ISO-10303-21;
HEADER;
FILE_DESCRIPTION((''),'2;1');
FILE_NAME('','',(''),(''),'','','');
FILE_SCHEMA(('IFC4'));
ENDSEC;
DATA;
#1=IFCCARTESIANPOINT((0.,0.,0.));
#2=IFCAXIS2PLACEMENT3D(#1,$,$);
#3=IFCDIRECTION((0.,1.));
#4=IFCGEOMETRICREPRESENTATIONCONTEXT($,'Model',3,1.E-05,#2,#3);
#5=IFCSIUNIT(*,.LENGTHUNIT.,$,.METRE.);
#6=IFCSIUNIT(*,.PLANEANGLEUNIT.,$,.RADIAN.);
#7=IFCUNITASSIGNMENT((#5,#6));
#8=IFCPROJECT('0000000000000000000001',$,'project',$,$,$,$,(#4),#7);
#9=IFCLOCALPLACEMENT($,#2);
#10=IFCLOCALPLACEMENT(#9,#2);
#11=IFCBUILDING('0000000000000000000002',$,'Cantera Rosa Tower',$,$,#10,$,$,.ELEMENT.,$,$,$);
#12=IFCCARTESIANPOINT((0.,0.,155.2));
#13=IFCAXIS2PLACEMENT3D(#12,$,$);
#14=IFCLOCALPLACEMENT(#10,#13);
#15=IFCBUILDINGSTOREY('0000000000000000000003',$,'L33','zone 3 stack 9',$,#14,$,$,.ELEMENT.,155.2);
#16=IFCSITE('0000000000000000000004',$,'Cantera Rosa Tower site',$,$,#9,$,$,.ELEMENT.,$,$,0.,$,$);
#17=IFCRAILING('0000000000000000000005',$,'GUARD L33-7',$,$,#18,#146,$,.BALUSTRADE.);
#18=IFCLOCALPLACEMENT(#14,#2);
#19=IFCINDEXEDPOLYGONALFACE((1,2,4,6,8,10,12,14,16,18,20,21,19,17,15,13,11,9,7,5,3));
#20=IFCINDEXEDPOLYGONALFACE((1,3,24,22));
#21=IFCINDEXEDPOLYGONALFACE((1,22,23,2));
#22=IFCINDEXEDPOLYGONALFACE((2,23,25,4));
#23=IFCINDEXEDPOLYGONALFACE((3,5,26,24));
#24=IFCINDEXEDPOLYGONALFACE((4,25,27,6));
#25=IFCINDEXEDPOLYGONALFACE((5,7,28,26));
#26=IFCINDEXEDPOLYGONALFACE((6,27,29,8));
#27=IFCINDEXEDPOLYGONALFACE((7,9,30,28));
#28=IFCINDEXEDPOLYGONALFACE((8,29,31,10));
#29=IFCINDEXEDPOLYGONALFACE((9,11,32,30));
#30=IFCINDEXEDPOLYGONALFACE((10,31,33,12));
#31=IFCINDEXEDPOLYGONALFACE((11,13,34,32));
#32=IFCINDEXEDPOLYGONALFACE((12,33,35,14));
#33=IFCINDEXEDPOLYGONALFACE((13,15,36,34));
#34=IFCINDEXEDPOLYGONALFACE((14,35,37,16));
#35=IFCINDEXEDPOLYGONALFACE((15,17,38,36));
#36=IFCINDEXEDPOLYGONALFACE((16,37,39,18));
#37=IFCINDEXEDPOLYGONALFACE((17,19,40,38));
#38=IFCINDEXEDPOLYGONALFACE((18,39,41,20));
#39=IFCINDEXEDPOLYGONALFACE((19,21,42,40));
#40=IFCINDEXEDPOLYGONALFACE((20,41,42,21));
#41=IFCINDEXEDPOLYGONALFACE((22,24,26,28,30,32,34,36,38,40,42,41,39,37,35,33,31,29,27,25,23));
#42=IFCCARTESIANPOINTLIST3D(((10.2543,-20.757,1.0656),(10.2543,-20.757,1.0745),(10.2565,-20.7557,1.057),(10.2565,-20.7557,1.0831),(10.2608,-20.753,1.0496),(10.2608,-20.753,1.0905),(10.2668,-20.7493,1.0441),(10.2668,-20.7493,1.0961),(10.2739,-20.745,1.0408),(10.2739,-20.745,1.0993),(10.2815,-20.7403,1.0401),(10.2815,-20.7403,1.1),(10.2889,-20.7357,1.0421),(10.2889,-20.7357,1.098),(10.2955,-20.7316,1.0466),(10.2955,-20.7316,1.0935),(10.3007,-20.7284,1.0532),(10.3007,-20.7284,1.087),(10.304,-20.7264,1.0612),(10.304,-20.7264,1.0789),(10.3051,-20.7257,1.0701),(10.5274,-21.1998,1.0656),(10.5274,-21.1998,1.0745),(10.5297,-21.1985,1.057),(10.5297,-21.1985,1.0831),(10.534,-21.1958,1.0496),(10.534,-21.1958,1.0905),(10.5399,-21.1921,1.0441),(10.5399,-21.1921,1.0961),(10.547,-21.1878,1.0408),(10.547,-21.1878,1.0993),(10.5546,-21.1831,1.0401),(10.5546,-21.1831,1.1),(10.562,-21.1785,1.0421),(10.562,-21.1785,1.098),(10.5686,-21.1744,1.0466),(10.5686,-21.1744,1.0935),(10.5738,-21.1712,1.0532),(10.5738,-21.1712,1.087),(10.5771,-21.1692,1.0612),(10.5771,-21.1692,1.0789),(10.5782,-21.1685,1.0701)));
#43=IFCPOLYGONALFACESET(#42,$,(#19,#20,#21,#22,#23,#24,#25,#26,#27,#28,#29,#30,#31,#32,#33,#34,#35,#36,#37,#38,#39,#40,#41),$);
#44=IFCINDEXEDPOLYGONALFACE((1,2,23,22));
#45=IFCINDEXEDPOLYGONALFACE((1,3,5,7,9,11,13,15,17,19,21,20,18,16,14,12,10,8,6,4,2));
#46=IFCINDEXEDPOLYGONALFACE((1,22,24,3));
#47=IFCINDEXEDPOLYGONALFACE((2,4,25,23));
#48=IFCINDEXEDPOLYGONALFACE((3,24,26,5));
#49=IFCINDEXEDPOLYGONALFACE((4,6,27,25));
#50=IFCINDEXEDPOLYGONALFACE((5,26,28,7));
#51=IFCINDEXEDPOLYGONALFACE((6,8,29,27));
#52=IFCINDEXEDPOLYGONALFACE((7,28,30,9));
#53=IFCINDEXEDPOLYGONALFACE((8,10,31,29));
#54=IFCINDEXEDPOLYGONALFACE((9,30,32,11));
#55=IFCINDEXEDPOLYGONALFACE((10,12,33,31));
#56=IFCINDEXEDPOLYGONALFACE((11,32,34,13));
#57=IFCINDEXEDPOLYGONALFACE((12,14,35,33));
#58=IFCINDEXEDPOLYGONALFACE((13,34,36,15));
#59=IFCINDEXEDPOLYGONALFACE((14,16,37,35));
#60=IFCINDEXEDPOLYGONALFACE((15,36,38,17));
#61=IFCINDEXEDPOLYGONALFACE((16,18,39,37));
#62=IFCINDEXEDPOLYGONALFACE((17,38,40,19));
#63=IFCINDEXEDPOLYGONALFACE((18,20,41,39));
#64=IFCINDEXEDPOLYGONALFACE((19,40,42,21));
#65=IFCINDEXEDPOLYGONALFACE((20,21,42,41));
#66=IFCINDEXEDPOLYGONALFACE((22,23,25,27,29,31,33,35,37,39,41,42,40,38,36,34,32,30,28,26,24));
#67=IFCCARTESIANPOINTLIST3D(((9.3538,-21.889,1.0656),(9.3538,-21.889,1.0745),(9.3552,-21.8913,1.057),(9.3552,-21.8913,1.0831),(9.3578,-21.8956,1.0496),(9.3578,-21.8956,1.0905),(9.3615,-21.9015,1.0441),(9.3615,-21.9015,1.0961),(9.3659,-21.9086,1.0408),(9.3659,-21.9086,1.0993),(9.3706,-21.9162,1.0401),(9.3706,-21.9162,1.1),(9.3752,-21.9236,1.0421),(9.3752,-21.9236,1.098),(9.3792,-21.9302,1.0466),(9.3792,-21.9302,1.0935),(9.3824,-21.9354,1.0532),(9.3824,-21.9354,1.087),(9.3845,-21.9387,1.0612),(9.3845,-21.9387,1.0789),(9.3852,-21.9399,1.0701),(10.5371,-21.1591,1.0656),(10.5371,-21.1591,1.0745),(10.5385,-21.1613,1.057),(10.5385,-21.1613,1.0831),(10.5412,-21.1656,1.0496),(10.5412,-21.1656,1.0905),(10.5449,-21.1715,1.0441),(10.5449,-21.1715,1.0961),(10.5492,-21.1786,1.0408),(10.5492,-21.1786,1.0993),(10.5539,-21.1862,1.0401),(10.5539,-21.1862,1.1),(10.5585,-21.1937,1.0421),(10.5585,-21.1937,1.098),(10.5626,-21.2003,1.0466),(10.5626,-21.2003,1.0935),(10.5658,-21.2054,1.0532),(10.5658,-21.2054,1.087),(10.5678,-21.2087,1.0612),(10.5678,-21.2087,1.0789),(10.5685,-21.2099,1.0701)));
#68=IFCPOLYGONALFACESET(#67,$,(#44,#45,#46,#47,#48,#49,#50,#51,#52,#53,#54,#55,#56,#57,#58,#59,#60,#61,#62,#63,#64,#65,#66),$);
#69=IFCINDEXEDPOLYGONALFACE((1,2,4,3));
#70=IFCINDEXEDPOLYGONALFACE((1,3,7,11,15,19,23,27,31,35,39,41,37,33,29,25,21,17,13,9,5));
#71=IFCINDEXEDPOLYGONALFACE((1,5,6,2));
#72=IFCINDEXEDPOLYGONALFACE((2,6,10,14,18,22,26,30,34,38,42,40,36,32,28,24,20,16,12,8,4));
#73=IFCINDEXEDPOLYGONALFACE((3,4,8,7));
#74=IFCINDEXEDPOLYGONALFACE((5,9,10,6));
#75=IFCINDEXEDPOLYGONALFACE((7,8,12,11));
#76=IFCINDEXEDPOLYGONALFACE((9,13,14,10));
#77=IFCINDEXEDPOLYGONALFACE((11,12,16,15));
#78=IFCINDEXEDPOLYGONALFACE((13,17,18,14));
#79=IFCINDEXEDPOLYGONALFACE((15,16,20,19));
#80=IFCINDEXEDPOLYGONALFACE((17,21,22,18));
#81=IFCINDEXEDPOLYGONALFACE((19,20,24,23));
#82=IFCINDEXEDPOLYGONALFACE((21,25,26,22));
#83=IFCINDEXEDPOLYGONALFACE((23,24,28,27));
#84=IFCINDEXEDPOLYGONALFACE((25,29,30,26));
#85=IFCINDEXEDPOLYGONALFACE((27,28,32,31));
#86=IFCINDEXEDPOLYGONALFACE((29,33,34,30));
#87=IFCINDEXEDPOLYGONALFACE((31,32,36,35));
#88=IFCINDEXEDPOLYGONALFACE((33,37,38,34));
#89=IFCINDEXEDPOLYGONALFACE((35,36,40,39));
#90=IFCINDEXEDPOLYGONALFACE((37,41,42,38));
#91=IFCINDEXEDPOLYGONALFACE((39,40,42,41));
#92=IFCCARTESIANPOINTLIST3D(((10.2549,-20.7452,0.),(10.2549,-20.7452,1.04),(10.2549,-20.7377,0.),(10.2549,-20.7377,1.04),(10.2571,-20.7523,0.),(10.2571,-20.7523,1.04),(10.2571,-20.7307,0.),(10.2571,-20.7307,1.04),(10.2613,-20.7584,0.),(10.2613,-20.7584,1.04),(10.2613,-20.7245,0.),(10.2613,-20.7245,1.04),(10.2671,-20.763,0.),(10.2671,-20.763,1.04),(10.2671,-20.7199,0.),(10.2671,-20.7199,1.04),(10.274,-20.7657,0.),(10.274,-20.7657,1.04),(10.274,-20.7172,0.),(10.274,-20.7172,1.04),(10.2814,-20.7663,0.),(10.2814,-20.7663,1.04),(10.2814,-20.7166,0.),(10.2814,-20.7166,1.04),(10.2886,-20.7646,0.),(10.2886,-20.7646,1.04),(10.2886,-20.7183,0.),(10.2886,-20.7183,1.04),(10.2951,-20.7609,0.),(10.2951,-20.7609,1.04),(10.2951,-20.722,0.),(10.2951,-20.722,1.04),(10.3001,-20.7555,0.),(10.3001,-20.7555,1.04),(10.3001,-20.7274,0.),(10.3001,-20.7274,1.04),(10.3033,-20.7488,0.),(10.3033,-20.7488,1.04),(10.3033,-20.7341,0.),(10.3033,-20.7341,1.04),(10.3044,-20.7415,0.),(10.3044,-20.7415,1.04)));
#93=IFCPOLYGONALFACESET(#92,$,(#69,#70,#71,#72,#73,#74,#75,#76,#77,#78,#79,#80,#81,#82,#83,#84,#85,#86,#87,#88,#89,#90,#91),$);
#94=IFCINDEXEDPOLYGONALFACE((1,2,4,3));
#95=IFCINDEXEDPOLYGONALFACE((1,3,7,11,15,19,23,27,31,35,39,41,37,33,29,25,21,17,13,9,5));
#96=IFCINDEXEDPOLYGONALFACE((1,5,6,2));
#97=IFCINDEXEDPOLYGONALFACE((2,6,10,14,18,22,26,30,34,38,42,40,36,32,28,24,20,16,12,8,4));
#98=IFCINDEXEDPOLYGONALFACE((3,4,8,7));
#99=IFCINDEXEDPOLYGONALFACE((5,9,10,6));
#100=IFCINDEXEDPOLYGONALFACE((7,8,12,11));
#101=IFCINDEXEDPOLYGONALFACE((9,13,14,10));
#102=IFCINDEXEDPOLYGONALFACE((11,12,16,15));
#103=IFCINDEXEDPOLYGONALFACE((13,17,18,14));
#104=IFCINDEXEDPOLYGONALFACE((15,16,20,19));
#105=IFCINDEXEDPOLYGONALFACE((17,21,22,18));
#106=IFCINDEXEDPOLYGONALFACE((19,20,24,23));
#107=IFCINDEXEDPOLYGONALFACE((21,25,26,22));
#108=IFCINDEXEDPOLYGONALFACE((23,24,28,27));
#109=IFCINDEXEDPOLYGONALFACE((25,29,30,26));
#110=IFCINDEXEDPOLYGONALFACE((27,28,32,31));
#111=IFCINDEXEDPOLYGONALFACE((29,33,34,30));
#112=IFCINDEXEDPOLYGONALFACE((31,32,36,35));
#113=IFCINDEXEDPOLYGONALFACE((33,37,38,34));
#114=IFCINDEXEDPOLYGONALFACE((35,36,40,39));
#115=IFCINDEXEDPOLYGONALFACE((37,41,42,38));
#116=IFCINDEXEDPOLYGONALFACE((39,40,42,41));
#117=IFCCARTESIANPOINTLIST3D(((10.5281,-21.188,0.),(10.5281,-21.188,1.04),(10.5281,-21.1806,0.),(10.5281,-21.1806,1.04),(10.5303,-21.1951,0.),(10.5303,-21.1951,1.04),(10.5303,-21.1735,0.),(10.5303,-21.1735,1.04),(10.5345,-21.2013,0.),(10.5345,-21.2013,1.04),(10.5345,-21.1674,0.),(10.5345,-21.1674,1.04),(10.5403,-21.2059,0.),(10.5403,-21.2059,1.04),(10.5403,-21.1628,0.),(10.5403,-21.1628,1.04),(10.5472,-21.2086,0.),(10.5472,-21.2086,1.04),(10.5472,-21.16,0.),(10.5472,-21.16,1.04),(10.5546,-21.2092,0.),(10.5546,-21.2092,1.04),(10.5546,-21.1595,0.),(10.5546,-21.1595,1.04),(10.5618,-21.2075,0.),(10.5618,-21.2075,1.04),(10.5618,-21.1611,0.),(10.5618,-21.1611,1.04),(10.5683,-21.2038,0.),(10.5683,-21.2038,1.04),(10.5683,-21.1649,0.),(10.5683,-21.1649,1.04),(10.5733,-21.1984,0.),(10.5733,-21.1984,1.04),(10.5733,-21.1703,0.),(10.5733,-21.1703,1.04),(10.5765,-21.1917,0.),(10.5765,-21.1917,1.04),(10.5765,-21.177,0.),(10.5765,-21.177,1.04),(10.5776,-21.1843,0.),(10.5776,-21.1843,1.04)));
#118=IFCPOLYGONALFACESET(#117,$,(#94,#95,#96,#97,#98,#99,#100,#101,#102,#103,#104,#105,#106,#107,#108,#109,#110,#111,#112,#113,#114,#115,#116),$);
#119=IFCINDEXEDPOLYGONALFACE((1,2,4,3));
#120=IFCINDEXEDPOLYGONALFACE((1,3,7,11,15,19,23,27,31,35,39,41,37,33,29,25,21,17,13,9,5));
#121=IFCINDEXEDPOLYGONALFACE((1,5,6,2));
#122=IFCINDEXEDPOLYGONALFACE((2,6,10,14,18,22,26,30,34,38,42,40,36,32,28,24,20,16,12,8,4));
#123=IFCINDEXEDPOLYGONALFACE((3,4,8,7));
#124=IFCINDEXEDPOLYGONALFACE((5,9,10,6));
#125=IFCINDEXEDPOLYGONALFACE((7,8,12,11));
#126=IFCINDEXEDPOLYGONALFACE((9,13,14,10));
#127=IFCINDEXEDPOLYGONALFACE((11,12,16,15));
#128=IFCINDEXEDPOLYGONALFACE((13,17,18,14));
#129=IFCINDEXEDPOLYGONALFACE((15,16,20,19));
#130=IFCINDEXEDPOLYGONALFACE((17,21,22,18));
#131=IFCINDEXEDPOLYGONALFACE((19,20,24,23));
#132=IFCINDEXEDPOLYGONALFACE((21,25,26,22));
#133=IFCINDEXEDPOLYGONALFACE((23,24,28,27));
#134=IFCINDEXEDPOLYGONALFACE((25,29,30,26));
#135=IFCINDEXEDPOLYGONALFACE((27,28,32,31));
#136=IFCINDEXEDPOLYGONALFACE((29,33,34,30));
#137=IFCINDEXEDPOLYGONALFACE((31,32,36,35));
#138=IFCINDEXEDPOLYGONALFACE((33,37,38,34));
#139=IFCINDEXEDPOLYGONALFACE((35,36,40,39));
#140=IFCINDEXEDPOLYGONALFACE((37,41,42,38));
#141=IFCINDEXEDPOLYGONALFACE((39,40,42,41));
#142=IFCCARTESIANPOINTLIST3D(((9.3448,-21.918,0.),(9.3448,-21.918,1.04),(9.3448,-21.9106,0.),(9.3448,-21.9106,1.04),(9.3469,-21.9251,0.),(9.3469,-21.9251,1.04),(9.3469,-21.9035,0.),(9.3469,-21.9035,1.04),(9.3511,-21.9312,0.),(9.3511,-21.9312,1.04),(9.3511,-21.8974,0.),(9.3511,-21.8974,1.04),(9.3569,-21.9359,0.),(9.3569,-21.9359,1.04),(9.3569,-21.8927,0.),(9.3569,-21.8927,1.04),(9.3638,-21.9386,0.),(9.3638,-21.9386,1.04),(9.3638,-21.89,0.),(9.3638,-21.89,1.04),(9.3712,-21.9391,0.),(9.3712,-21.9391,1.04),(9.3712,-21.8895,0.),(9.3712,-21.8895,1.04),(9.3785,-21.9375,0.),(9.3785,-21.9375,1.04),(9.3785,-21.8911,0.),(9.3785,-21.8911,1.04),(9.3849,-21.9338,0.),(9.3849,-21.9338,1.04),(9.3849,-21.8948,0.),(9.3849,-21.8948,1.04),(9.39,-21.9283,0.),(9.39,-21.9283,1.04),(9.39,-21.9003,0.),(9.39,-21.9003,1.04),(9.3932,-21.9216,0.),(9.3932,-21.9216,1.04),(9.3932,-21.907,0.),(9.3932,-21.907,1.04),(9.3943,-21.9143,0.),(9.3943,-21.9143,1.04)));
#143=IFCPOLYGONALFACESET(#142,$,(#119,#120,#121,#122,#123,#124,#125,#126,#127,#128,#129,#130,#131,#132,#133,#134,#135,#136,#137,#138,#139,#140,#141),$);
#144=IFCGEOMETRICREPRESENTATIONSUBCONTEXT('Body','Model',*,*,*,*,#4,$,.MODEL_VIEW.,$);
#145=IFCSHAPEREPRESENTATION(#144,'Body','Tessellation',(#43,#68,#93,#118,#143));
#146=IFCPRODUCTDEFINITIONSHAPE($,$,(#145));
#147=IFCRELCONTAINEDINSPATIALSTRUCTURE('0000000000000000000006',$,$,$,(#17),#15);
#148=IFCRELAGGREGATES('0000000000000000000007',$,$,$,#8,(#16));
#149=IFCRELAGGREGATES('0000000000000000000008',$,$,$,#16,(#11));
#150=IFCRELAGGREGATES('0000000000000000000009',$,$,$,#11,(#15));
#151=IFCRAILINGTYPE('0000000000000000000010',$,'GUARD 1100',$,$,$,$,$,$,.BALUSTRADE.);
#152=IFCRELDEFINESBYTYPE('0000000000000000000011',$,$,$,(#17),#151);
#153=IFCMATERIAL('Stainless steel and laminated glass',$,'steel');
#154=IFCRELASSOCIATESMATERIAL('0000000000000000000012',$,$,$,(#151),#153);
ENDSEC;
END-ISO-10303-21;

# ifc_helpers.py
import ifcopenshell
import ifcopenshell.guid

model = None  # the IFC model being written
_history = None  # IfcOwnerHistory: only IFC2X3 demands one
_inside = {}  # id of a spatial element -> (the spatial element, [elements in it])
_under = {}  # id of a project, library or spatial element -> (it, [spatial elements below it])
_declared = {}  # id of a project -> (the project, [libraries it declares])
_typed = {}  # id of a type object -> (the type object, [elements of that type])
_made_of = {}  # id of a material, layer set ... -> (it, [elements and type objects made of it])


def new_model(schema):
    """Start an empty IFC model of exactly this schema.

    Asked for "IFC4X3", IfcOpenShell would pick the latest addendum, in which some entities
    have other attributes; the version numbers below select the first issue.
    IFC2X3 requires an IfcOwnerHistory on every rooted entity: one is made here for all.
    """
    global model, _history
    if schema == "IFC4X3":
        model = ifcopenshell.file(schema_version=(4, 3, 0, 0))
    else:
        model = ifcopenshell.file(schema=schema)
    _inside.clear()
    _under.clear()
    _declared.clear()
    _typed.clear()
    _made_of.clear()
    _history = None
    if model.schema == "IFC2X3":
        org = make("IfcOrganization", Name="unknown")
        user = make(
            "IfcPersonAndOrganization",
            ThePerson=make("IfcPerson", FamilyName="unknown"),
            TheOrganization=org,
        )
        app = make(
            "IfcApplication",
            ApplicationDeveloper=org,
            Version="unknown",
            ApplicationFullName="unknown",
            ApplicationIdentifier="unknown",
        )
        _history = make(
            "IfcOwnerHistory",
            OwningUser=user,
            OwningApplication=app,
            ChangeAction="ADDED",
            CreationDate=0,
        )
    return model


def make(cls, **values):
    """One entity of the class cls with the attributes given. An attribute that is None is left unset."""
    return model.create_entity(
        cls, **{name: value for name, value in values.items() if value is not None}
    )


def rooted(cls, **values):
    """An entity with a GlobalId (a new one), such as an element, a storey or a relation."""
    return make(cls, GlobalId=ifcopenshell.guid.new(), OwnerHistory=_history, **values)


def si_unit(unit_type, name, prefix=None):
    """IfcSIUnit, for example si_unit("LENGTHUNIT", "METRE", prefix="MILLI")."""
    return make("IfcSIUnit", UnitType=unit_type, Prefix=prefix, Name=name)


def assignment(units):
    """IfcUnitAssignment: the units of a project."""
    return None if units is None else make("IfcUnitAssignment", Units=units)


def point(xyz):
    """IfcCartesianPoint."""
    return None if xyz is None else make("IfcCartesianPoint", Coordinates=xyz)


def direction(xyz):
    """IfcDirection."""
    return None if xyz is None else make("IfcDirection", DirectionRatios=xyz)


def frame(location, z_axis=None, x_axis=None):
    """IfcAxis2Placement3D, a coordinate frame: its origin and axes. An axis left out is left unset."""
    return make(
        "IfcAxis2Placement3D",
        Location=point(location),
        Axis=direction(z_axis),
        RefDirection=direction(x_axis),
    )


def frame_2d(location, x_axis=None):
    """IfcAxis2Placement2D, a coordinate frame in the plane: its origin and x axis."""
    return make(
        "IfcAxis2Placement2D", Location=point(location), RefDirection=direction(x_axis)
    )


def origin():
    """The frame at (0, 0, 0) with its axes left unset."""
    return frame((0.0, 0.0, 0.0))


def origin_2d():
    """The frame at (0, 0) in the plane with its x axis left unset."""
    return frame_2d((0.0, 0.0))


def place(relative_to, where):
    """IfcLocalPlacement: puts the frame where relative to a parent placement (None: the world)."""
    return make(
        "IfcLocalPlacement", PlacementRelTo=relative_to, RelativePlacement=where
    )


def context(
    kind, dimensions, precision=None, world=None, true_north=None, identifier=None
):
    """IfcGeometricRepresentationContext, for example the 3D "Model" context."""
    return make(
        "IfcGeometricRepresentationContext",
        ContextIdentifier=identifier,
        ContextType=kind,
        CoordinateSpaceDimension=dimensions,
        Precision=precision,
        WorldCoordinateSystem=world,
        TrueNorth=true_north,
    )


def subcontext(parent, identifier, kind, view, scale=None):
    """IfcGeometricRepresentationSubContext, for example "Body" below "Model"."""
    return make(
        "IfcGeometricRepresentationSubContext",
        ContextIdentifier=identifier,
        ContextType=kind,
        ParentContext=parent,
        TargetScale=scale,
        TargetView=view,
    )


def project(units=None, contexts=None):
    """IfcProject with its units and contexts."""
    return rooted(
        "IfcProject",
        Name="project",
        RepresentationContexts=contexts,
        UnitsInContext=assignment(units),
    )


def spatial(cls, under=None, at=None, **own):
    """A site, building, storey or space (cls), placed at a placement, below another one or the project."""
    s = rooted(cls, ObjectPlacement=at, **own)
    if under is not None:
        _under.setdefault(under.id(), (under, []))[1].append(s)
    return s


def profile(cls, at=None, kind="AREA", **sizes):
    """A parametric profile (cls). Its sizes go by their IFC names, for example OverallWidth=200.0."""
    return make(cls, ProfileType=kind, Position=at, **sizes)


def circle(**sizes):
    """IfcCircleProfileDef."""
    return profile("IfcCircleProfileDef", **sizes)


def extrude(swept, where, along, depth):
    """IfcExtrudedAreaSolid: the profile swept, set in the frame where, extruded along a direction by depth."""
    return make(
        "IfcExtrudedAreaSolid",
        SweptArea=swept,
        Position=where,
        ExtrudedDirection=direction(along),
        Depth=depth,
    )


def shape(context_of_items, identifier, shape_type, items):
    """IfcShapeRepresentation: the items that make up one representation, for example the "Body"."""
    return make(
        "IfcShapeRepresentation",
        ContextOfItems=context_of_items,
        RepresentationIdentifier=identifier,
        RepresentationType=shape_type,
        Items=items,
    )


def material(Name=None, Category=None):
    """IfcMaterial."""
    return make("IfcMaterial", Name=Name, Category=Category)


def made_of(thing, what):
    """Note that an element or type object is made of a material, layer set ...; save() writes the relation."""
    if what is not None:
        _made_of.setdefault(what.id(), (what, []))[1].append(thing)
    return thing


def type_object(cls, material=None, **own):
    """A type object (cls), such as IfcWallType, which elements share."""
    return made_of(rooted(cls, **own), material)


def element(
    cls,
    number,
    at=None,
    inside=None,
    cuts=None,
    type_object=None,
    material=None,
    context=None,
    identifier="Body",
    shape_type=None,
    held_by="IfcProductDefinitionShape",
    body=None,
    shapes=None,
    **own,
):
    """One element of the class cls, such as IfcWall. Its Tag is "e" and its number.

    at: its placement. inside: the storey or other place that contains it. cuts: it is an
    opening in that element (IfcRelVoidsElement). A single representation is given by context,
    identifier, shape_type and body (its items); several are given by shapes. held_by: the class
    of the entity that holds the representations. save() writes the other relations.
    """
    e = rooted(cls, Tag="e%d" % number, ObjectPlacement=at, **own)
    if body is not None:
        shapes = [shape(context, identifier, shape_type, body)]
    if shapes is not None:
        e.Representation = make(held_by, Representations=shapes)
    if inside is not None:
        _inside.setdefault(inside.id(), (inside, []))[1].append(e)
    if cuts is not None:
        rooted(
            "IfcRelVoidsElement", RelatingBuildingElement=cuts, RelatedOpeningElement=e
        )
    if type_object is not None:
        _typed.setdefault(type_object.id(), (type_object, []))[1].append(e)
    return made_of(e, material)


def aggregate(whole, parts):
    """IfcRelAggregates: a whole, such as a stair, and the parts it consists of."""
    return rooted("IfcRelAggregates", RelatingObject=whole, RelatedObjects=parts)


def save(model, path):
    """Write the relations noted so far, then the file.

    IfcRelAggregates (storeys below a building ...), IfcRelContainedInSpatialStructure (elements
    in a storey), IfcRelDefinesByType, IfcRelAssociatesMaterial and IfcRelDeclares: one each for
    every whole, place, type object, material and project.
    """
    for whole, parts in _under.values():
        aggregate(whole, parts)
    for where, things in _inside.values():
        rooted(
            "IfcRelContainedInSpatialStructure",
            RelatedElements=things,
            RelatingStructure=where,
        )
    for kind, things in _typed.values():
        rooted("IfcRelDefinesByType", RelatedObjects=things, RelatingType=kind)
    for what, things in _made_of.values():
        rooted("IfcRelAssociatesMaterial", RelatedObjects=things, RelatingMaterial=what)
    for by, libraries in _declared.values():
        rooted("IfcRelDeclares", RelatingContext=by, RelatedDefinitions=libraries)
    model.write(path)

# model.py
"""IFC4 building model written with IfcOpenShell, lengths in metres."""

from ifc_helpers import new_model, si_unit, direction, frame, origin, origin_2d, place, context, subcontext, project, spatial, circle, extrude, material, type_object, element, save


model = new_model("IFC4")

# Units and contexts
model_context = context("Model", 3, precision=1e-05, world=origin(), true_north=direction((0.0, 1.0)))
body_context = subcontext(model_context, "Body", "Model", "MODEL_VIEW")
ifc_project = project(units=[si_unit("LENGTHUNIT", "METRE"), si_unit("PLANEANGLEUNIT", "RADIAN")], contexts=[model_context])

# Site, building, storey
site_placement = place(None, origin())
site = spatial("IfcSite", under=ifc_project, at=site_placement, Name="Cantera Rosa Tower site", CompositionType="ELEMENT", RefElevation=0.0)
building_placement = place(site_placement, origin())
building = spatial("IfcBuilding", under=site, at=building_placement, Name="Cantera Rosa Tower", CompositionType="ELEMENT")
storey_placement = place(building_placement, frame((0.0, 0.0, 155.2)))
storey = spatial("IfcBuildingStorey", under=building, at=storey_placement, Name="L33", Description="zone 3 stack 9", CompositionType="ELEMENT", Elevation=155.2)

# Railing
ifc_material_1 = material(Name="Stainless steel and laminated glass", Category="steel")
railing_type_1 = type_object("IfcRailingType", Name="GUARD 1100", PredefinedType="BALUSTRADE", material=ifc_material_1)
railing_1_placement = place(storey_placement, frame((10.2795, -20.7415, 0.0)))
element("IfcRailing", 1, at=railing_1_placement, inside=storey, type_object=railing_type_1, Name="GUARD L33-7", PredefinedType="BALUSTRADE", context=body_context, shape_type="SweptSolid", body=[
    extrude(circle(Radius=0.03, at=origin_2d()), frame((0.0, 0.0, 1.0701), z_axis=(0.525013, -0.851094, 0.0), x_axis=(0.851094, 0.525013, 0.0)), (0.0, 0.0, 1.0), 0.5203),
    extrude(circle(Radius=0.03, at=origin_2d()), frame((0.2732, -0.4429, 1.0701), z_axis=(-0.851091, -0.525018, 0.0), x_axis=(0.525018, -0.851091, 0.0)), (0.0, 0.0, 1.0), 1.3904),
    extrude(circle(Radius=0.0249, at=origin_2d()), origin(), (0.0, 0.0, 1.0), 1.04),
    extrude(circle(Radius=0.0249, at=origin_2d()), frame((0.2732, -0.4429, 0.0)), (0.0, 0.0, 1.0), 1.04),
    extrude(circle(Radius=0.0249, at=origin_2d()), frame((-0.9102, -1.1729, 0.0)), (0.0, 0.0, 1.0), 1.04),
])

save(model, "model.ifc")
